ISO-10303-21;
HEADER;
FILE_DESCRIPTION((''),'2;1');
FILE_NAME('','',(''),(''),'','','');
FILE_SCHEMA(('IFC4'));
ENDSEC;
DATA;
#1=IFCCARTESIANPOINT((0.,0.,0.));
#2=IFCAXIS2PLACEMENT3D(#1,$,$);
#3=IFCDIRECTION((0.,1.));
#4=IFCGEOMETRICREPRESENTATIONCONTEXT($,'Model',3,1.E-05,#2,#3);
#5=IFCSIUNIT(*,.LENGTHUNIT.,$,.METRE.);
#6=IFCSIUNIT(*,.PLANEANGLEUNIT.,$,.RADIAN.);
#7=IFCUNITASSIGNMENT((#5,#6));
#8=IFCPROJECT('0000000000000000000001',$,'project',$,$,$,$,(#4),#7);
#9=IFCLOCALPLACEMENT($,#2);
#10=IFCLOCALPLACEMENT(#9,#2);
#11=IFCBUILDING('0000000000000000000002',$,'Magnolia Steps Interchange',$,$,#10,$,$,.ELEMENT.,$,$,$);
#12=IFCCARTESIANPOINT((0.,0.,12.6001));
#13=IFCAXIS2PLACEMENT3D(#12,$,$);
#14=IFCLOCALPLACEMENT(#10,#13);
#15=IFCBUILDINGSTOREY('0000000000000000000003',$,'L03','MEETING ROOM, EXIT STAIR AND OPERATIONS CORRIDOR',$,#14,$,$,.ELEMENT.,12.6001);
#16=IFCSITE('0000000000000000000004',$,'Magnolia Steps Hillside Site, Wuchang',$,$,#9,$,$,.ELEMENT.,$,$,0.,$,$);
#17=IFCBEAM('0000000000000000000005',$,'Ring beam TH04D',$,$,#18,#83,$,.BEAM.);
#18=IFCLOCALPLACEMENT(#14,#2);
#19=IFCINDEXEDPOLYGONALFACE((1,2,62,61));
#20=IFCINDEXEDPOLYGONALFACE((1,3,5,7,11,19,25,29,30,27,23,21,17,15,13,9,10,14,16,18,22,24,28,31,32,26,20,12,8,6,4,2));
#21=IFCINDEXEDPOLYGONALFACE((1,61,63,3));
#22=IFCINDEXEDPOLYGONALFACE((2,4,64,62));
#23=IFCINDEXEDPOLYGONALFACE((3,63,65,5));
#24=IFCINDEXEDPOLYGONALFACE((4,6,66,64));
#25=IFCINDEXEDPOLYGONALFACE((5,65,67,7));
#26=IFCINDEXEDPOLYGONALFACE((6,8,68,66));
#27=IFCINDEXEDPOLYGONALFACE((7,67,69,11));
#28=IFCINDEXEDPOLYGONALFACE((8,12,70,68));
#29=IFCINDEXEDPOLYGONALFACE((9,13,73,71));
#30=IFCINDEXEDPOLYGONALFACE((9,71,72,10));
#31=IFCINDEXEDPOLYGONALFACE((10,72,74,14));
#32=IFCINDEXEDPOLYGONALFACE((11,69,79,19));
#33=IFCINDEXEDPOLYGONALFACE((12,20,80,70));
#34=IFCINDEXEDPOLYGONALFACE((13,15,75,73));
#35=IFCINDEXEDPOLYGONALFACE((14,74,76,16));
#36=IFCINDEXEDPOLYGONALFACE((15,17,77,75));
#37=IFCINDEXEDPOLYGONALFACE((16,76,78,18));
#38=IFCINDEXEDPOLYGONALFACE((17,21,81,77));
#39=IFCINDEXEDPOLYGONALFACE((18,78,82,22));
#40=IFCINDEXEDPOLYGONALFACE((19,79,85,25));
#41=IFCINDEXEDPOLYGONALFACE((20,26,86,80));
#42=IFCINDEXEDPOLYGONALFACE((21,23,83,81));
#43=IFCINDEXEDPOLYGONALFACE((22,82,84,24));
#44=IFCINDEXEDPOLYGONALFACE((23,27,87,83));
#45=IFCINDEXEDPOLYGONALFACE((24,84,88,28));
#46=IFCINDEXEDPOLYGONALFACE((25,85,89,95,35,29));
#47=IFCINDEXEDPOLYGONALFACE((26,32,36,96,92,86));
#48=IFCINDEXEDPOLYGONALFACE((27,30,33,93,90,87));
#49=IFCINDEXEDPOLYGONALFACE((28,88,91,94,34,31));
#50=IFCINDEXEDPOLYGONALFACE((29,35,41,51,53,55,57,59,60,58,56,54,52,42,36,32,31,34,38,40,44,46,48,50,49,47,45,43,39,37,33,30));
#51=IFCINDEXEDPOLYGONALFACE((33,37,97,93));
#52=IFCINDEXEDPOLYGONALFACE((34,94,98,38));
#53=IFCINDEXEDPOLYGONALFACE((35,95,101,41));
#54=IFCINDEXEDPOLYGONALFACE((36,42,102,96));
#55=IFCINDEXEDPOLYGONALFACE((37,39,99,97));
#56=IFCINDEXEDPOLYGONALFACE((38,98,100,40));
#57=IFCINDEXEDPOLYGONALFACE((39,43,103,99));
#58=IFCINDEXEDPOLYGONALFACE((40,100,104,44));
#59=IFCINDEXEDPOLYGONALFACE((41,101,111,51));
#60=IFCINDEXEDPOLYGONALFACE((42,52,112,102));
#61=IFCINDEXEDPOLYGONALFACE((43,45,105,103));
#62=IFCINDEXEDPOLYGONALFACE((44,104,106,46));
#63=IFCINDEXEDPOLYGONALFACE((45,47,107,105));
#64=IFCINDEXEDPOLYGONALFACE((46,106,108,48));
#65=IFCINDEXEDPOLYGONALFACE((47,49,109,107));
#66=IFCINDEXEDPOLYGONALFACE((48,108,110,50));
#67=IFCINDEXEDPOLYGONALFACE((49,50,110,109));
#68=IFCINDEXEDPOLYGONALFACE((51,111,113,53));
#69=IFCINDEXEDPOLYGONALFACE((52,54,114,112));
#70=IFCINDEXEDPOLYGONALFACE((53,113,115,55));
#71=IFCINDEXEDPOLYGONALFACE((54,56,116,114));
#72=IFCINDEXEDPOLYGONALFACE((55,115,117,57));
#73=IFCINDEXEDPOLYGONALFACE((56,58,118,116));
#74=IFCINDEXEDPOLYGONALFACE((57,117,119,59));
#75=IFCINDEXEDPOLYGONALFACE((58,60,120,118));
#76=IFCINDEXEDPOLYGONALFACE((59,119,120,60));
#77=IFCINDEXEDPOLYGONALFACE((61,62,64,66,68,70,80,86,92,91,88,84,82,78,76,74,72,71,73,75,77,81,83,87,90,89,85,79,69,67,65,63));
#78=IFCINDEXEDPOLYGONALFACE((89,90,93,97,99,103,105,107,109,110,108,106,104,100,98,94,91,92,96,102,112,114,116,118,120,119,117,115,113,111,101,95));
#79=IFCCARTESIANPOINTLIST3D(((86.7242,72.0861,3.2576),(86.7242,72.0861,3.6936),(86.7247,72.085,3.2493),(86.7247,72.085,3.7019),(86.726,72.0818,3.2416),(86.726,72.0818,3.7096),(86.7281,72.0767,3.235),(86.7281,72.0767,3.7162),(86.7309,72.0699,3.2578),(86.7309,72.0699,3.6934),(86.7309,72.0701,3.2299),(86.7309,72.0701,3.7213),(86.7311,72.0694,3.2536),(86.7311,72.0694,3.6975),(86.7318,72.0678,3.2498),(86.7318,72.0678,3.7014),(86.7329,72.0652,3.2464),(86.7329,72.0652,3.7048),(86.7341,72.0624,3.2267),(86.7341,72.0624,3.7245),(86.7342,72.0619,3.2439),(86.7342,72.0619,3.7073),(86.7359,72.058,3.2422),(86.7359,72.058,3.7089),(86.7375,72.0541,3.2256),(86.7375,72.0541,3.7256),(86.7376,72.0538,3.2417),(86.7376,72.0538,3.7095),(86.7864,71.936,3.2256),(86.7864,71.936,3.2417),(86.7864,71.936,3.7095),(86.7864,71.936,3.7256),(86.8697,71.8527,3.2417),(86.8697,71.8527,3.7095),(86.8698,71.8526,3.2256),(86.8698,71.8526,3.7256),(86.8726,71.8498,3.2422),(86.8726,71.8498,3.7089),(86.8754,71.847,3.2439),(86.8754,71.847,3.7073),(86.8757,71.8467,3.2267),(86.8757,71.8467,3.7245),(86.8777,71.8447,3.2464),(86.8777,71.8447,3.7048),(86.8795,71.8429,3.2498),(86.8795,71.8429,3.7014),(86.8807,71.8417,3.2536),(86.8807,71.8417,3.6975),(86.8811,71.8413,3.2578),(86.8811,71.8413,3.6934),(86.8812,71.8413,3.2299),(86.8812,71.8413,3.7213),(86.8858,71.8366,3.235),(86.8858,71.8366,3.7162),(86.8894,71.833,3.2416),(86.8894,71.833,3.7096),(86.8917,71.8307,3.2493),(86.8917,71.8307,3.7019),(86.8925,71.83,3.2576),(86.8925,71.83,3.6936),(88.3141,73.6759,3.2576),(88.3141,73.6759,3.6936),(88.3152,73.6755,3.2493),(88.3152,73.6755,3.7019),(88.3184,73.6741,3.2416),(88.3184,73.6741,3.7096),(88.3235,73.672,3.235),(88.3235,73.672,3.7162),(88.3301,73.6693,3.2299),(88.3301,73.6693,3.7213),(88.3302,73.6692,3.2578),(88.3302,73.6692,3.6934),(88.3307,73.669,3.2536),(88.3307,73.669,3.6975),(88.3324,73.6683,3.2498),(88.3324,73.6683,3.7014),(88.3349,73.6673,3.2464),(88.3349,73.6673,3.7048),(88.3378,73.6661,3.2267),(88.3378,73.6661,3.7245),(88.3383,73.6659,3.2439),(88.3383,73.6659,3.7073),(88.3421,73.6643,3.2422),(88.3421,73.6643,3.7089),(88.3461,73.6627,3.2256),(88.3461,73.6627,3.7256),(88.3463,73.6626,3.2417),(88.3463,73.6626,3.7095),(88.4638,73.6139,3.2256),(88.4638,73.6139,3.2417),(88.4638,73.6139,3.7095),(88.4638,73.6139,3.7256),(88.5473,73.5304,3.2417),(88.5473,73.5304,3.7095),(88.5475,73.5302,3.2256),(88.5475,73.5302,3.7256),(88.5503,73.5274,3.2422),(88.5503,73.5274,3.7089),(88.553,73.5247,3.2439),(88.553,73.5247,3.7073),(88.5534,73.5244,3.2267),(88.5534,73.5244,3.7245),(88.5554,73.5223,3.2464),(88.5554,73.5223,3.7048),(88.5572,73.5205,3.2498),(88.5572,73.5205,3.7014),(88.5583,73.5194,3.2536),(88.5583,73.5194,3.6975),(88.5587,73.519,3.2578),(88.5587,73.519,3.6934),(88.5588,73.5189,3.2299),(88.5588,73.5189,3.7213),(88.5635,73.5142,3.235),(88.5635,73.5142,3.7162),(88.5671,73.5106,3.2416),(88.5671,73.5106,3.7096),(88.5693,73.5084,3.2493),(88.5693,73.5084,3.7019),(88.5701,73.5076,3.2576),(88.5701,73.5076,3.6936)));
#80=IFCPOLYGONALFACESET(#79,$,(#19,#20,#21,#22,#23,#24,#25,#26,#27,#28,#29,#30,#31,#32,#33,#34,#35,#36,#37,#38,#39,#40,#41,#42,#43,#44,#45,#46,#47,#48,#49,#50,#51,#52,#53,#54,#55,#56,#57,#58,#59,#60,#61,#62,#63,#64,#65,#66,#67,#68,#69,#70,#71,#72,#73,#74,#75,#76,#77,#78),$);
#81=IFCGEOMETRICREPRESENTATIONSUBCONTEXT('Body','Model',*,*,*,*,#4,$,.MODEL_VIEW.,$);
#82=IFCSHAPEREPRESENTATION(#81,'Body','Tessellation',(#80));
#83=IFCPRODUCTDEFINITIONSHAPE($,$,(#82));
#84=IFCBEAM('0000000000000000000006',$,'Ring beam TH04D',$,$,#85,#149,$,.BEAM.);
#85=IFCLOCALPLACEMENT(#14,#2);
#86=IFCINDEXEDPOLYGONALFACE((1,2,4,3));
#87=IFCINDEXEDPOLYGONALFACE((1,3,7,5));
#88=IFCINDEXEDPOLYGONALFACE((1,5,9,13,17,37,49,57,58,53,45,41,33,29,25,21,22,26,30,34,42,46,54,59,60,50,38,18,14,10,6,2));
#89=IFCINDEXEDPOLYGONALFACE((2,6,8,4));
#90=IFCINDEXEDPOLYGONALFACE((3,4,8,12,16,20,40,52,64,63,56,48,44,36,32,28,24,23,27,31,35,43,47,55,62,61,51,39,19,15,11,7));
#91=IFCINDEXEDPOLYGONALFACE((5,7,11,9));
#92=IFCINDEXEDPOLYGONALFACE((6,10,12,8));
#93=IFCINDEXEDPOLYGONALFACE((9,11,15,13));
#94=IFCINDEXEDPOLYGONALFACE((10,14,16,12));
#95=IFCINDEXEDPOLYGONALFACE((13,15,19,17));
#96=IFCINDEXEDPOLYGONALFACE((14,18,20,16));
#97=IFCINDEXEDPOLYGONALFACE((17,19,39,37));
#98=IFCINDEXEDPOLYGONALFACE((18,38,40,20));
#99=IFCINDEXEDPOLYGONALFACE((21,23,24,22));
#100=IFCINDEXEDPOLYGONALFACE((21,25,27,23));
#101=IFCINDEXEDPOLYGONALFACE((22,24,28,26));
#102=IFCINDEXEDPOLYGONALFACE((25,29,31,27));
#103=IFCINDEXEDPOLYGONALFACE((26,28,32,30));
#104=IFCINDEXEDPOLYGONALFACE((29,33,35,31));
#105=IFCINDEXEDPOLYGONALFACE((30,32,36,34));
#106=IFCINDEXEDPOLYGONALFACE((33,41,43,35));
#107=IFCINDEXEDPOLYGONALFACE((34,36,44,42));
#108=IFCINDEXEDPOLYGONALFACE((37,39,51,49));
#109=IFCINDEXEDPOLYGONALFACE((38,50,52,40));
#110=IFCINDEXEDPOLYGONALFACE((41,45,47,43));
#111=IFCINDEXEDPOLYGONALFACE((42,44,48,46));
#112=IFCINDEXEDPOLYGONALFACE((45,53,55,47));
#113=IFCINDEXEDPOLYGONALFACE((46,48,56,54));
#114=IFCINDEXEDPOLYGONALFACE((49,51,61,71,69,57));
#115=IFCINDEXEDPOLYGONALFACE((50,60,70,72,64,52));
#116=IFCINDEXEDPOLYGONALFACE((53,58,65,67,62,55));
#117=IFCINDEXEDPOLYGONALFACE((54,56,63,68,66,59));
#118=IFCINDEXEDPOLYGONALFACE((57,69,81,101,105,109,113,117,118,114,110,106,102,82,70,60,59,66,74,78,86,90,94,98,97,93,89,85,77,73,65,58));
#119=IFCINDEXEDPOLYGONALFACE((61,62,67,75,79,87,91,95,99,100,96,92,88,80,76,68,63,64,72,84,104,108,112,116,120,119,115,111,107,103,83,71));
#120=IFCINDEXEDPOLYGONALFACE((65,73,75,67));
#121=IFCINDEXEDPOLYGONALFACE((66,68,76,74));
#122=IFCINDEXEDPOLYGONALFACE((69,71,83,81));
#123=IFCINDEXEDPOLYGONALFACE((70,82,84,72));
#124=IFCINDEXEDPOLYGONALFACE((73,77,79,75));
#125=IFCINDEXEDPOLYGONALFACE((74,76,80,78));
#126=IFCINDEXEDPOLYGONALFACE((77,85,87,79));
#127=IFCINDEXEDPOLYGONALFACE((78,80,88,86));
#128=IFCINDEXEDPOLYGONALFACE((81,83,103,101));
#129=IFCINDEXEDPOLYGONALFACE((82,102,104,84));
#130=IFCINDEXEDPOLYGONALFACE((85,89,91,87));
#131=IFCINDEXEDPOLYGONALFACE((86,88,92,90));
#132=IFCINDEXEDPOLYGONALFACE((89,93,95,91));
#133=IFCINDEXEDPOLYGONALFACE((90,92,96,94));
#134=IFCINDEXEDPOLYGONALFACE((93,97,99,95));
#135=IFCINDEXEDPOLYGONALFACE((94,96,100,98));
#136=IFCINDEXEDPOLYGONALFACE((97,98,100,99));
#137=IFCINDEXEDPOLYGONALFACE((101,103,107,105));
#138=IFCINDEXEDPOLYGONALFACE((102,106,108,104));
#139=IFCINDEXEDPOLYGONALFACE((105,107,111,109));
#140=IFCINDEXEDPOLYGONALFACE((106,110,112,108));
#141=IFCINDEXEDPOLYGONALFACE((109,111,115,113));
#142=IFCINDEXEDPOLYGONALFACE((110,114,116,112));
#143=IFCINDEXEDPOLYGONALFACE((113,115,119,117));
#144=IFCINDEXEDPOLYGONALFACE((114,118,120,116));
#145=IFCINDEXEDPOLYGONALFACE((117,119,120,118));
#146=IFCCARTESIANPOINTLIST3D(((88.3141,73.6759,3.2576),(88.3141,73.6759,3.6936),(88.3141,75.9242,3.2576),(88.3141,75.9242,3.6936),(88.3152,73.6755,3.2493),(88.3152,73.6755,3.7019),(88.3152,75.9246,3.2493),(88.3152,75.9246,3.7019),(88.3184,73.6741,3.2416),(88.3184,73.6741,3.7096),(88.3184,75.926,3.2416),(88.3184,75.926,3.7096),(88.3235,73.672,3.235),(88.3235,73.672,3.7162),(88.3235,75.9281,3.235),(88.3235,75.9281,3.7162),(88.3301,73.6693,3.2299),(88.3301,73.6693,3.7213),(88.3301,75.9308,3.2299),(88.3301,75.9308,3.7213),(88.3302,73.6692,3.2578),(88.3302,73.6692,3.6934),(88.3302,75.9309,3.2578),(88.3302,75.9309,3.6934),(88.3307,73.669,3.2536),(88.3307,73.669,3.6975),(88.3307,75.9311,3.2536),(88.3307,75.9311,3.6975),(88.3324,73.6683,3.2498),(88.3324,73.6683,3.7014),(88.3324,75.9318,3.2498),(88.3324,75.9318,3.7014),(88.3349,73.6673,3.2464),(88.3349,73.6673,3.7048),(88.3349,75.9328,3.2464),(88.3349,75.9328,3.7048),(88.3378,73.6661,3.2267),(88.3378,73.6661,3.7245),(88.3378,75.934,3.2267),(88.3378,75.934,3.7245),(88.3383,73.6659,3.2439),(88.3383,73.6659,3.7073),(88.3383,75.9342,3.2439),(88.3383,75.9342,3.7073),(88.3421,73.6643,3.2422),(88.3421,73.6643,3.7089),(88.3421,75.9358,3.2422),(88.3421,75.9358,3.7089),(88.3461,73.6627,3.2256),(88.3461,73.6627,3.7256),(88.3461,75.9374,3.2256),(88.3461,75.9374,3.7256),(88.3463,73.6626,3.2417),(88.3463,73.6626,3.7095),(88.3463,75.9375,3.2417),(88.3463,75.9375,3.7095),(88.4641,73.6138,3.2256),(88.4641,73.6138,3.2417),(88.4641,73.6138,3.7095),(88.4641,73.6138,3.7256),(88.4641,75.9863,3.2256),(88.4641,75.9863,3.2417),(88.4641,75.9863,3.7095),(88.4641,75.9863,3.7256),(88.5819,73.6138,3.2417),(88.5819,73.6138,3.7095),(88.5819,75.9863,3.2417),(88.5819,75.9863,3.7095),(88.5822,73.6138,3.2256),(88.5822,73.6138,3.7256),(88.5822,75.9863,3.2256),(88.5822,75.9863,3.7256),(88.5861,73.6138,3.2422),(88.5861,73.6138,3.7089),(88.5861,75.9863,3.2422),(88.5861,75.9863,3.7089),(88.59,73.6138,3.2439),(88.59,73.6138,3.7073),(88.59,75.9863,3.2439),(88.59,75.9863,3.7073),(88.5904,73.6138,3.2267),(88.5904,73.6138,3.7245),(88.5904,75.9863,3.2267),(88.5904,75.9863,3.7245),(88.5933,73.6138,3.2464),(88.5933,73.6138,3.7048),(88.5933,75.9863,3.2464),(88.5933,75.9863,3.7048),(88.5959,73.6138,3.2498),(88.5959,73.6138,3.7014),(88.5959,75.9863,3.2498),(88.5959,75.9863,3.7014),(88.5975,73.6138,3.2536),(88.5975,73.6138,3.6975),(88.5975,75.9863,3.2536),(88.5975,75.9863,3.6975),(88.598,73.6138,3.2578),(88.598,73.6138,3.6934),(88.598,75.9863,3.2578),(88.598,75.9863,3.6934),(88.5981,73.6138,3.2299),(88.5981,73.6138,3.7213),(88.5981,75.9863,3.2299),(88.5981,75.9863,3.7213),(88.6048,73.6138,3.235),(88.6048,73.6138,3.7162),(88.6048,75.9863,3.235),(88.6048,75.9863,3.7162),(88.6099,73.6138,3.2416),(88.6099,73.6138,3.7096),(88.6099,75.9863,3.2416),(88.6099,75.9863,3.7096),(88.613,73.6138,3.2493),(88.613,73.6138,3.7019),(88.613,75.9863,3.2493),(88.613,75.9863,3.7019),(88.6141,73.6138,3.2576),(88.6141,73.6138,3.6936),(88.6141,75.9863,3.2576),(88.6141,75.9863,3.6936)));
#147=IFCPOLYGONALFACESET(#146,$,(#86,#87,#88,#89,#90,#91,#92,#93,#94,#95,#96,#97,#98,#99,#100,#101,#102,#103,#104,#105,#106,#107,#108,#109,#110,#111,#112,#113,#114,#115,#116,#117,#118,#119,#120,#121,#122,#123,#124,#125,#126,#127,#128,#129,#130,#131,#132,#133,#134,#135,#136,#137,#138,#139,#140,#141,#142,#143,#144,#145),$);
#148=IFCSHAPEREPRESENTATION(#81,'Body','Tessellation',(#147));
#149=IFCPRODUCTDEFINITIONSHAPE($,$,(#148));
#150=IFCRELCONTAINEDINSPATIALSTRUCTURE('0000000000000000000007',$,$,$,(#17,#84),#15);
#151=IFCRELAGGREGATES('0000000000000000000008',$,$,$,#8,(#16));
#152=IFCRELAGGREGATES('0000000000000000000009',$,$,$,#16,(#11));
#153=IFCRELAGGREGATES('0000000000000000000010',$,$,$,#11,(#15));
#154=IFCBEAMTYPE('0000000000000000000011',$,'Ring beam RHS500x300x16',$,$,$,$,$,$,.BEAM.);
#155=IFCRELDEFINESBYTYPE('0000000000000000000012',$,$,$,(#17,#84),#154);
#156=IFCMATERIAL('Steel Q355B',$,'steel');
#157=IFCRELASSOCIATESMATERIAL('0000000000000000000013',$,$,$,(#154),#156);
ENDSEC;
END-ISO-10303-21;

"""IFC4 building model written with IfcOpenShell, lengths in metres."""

from ifc_helpers import new_model, si_unit, direction, frame, origin, origin_2d, place, context, subcontext, project, spatial, hollow_rectangle, extrude, clip, halfspace, material, material_profile, profile_set, type_object, element, save


model = new_model("IFC4")

# Units and contexts
model_context = context("Model", 3, precision=1e-05, world=origin(), true_north=direction((0.0, 1.0)))
body_context = subcontext(model_context, "Body", "Model", "MODEL_VIEW")
ifc_project = project(units=[si_unit("LENGTHUNIT", "METRE"), si_unit("PLANEANGLEUNIT", "RADIAN")], contexts=[model_context])

# Site, building, storey
site_placement = place(None, origin())
site = spatial("IfcSite", under=ifc_project, at=site_placement, Name="Magnolia Steps Hillside Site, Wuchang", CompositionType="ELEMENT", RefElevation=0.0)
building_placement = place(site_placement, origin())
building = spatial("IfcBuilding", under=site, at=building_placement, Name="Magnolia Steps Interchange", CompositionType="ELEMENT")
storey_placement = place(building_placement, frame((0.0, 0.0, 12.6001)))
storey = spatial("IfcBuildingStorey", under=building, at=storey_placement, Name="L03", Description="MEETING ROOM, EXIT STAIR AND OPERATIONS CORRIDOR", CompositionType="ELEMENT", Elevation=12.6001)

# Beams
ifc_material_1 = material(Name="Steel Q355B", Category="steel")
ifc_material_profile_1 = material_profile(ifc_material_1, hollow_rectangle(XDim=0.3, YDim=0.5, WallThickness=0.0161, InnerFilletRadius=0.0161, OuterFilletRadius=0.032, at=origin_2d()), Name="RHS500x300x16")
ifc_profile_set_1 = profile_set([ifc_material_profile_1], Name="Steel Q355B")
beam_type_1 = type_object("IfcBeamType", Name="Ring beam RHS500x300x16", PredefinedType="BEAM", material=ifc_profile_set_1)
beam_1_placement = place(storey_placement, frame((86.7864, 71.936, 3.4756), z_axis=(0.707107, 0.707107, 0.0), x_axis=(-0.707107, 0.707107, 0.0)))
element("IfcBeam", 1, at=beam_1_placement, inside=storey, type_object=beam_type_1, Name="Ring beam TH04D", PredefinedType="BEAM", context=body_context, shape_type="Clipping", body=[
    clip(clip(extrude(hollow_rectangle(XDim=0.3, YDim=0.5, WallThickness=0.0161, InnerFilletRadius=0.0161, OuterFilletRadius=0.032, at=origin_2d()), origin(), (0.0, 0.0, 1.0), 2.3726), halfspace(frame((0.0, 0.0, 0.0), z_axis=(0.382683, 0.0, -0.92388), x_axis=(0.92388, 0.0, 0.382683)), False)), halfspace(frame((0.0, 0.0, 2.3727), z_axis=(0.382683, 0.0, 0.92388), x_axis=(0.92388, 0.0, -0.382683)), False)),
])
beam_2_placement = place(storey_placement, frame((88.4641, 73.6138, 3.4756), z_axis=(0.0, 1.0, 0.0), x_axis=(-1.0, 0.0, 0.0)))
element("IfcBeam", 2, at=beam_2_placement, inside=storey, type_object=beam_type_1, Name="Ring beam TH04D", PredefinedType="BEAM", context=body_context, shape_type="Clipping", body=[
    clip(clip(extrude(hollow_rectangle(XDim=0.3, YDim=0.5, WallThickness=0.0161, InnerFilletRadius=0.0161, OuterFilletRadius=0.032, at=origin_2d()), origin(), (0.0, 0.0, 1.0), 2.3726), halfspace(frame((0.0, 0.0, 0.0), z_axis=(0.382683, 0.0, -0.92388), x_axis=(0.92388, 0.0, 0.382683)), False)), halfspace(frame((0.0, 0.0, 2.3726), z_axis=(0.382683, 0.0, 0.92388), x_axis=(0.92388, 0.0, -0.382683)), False)),
])

save(model, "model.ifc")
